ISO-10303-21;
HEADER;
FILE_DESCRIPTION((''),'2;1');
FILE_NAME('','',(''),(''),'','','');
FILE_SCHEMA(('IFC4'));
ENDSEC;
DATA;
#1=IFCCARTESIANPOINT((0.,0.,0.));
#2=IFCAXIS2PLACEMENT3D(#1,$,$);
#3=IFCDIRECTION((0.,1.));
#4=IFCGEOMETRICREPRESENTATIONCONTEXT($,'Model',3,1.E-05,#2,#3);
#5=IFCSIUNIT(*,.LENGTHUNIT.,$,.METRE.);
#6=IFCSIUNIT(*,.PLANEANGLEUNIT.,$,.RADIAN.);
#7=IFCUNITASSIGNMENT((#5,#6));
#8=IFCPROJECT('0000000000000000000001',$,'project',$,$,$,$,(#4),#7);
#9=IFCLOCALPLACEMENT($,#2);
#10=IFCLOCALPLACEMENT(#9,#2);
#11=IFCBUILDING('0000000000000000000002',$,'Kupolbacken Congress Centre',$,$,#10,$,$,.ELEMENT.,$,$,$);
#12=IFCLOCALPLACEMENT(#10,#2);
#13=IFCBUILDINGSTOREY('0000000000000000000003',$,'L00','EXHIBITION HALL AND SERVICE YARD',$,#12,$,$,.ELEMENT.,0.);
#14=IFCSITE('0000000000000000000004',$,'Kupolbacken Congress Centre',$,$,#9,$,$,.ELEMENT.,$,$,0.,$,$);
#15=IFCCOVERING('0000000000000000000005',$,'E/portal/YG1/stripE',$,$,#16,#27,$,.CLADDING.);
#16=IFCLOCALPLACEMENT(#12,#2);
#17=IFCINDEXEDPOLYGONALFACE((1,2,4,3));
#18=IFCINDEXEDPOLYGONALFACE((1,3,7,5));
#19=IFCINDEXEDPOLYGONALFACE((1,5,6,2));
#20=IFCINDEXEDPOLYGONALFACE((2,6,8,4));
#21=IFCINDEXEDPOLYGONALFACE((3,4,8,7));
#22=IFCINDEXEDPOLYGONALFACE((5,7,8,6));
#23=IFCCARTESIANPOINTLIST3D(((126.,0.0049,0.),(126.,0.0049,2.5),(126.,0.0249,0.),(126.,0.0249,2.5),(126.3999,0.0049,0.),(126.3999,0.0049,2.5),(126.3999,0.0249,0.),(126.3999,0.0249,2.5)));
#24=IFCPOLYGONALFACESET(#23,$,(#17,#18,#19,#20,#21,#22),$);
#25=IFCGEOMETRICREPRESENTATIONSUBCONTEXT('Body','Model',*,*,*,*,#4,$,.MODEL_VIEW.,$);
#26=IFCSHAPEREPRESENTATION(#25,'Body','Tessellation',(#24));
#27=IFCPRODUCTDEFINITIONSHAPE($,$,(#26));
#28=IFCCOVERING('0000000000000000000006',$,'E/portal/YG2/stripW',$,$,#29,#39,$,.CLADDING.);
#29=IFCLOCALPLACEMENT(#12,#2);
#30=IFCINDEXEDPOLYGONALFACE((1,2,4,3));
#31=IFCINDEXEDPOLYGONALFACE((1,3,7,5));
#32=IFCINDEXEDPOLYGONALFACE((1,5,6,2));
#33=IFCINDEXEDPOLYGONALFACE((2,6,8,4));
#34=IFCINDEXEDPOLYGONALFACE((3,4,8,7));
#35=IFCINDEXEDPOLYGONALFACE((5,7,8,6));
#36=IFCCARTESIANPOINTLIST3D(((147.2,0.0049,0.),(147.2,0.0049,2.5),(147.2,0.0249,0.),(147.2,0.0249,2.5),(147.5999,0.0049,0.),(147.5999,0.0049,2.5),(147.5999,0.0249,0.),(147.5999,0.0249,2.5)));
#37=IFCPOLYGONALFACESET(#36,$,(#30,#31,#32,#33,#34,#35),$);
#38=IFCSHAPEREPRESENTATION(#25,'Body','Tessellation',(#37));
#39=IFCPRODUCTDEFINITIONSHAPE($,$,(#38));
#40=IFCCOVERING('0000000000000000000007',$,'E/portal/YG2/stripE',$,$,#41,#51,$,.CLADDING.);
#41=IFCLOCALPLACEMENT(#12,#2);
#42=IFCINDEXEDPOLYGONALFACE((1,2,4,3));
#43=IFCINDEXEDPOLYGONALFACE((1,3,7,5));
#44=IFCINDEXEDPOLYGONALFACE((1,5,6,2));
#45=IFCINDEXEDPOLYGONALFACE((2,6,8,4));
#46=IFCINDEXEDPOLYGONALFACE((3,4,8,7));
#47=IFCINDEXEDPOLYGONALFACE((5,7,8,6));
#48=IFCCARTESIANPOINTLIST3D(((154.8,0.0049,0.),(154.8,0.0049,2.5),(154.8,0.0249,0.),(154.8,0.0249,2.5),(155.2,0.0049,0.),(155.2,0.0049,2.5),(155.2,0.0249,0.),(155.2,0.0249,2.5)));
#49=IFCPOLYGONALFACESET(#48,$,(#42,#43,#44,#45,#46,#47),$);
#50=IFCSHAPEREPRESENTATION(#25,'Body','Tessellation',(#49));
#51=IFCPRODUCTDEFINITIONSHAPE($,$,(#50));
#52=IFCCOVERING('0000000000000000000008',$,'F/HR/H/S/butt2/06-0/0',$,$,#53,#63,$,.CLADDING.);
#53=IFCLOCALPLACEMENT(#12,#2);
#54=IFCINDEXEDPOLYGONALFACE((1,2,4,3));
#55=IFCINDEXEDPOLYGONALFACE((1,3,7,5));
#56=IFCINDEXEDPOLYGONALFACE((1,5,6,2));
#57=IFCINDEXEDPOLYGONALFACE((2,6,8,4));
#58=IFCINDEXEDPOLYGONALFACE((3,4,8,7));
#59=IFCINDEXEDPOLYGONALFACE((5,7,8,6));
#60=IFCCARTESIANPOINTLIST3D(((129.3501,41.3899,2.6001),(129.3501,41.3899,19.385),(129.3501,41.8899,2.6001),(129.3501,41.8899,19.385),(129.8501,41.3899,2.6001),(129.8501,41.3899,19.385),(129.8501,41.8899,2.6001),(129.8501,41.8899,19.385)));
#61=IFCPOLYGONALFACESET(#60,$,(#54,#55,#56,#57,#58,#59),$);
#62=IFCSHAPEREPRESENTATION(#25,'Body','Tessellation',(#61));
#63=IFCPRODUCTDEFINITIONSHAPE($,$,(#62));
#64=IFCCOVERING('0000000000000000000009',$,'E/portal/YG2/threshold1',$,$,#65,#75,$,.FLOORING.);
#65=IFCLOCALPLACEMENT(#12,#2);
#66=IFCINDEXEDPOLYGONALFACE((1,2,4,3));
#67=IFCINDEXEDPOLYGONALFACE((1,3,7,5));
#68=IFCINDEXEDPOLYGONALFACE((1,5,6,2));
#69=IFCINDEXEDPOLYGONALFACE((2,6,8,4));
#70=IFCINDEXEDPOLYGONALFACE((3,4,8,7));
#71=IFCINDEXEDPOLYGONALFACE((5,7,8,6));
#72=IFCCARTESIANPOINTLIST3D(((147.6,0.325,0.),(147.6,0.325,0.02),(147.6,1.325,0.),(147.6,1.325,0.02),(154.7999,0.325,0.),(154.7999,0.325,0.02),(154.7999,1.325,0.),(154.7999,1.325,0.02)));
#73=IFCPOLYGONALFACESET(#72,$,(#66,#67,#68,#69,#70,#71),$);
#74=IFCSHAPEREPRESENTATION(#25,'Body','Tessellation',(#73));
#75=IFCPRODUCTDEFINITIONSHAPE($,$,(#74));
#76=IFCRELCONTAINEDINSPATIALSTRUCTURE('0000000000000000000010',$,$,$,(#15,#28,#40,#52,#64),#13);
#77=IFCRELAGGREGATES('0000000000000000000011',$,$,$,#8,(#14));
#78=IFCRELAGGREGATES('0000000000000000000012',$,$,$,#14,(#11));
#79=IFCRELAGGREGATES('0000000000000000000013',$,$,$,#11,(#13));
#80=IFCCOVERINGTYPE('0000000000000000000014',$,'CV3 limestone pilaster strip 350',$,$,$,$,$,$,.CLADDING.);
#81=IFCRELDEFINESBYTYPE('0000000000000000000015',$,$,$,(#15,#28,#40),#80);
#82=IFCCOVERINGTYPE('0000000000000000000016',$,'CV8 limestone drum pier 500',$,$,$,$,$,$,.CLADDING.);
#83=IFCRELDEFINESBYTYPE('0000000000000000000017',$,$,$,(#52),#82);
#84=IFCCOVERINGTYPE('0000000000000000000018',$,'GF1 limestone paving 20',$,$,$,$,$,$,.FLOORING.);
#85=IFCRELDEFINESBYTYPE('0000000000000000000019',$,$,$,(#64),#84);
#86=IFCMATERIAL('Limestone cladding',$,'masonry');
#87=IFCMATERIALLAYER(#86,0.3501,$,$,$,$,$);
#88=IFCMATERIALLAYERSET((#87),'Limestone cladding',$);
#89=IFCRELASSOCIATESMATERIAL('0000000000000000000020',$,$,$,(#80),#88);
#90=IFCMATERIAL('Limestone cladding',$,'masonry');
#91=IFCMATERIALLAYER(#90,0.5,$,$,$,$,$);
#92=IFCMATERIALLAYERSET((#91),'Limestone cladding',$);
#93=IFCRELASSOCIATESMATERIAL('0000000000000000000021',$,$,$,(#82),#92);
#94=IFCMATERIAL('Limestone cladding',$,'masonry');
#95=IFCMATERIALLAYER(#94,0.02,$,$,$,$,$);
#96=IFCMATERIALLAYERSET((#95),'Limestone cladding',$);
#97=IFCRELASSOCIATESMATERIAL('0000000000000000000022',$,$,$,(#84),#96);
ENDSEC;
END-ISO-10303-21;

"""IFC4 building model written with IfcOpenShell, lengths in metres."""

from ifc_helpers import new_model, si_unit, direction, frame, origin, origin_2d, place, context, subcontext, project, spatial, rectangle, extrude, material, layer, layer_set, type_object, element, save


model = new_model("IFC4")

# Units and contexts
model_context = context("Model", 3, precision=1e-05, world=origin(), true_north=direction((0.0, 1.0)))
body_context = subcontext(model_context, "Body", "Model", "MODEL_VIEW")
ifc_project = project(units=[si_unit("LENGTHUNIT", "METRE"), si_unit("PLANEANGLEUNIT", "RADIAN")], contexts=[model_context])

# Site, building, storey
site_placement = place(None, origin())
site = spatial("IfcSite", under=ifc_project, at=site_placement, Name="Kupolbacken Congress Centre", CompositionType="ELEMENT", RefElevation=0.0)
building_placement = place(site_placement, origin())
building = spatial("IfcBuilding", under=site, at=building_placement, Name="Kupolbacken Congress Centre", CompositionType="ELEMENT")
storey_placement = place(building_placement, origin())
storey = spatial("IfcBuildingStorey", under=building, at=storey_placement, Name="L00", Description="EXHIBITION HALL AND SERVICE YARD", CompositionType="ELEMENT", Elevation=0.0)

# Coverings
ifc_material_1 = material(Name="Limestone cladding", Category="masonry")
ifc_layer_1 = layer(ifc_material_1, 0.3501)
ifc_layer_set_1 = layer_set([ifc_layer_1], Name="Limestone cladding")
covering_type_1 = type_object("IfcCoveringType", Name="CV3 limestone pilaster strip 350", PredefinedType="CLADDING", material=ifc_layer_set_1)
for number, where, z_axis, x_axis, name in (
    (1, (126.2, 0.0149, 0.0), (0.0, 0.0, 1.0), (1.0, 0.0, 0.0), "E/portal/YG1/stripE"),
    (2, (147.3999, 0.0149, 0.0), (0.0, 0.0, 1.0), (1.0, 0.0, 0.0), "E/portal/YG2/stripW"),
    (3, (155.0, 0.0149, 0.0), (0.0, 0.0, 1.0), (1.0, 0.0, 0.0), "E/portal/YG2/stripE"),
):
    element("IfcCovering", number, at=place(storey_placement, frame(where, z_axis=z_axis, x_axis=x_axis)), inside=storey, type_object=covering_type_1, Name=name, PredefinedType="CLADDING", context=body_context, shape_type="SweptSolid", body=[
        extrude(rectangle(XDim=0.3999, YDim=0.02, at=origin_2d()), origin(), (0.0, 0.0, 1.0), 2.5),
    ])
ifc_material_2 = material(Name="Limestone cladding", Category="masonry")
ifc_layer_2 = layer(ifc_material_2, 0.5)
ifc_layer_set_2 = layer_set([ifc_layer_2], Name="Limestone cladding")
covering_type_2 = type_object("IfcCoveringType", Name="CV8 limestone drum pier 500", PredefinedType="CLADDING", material=ifc_layer_set_2)
covering_1_placement = place(storey_placement, frame((129.6001, 41.6399, 2.6001), z_axis=(0.0, 0.0, 1.0), x_axis=(1.0, 0.0, 0.0)))
element("IfcCovering", 4, at=covering_1_placement, inside=storey, type_object=covering_type_2, Name="F/HR/H/S/butt2/06-0/0", PredefinedType="CLADDING", context=body_context, shape_type="SweptSolid", body=[
    extrude(rectangle(XDim=0.5, YDim=0.5, at=origin_2d()), origin(), (0.0, 0.0, 1.0), 16.7849),
])
ifc_material_3 = material(Name="Limestone cladding", Category="masonry")
ifc_layer_3 = layer(ifc_material_3, 0.02)
ifc_layer_set_3 = layer_set([ifc_layer_3], Name="Limestone cladding")
covering_type_3 = type_object("IfcCoveringType", Name="GF1 limestone paving 20", PredefinedType="FLOORING", material=ifc_layer_set_3)
covering_2_placement = place(storey_placement, frame((151.2, 0.825, 0.0), z_axis=(0.0, 0.0, 1.0), x_axis=(1.0, 0.0, 0.0)))
element("IfcCovering", 5, at=covering_2_placement, inside=storey, type_object=covering_type_3, Name="E/portal/YG2/threshold1", PredefinedType="FLOORING", context=body_context, shape_type="SweptSolid", body=[
    extrude(rectangle(XDim=7.2, YDim=1.0, at=origin_2d()), origin(), (0.0, 0.0, 1.0), 0.02),
])

save(model, "model.ifc")
